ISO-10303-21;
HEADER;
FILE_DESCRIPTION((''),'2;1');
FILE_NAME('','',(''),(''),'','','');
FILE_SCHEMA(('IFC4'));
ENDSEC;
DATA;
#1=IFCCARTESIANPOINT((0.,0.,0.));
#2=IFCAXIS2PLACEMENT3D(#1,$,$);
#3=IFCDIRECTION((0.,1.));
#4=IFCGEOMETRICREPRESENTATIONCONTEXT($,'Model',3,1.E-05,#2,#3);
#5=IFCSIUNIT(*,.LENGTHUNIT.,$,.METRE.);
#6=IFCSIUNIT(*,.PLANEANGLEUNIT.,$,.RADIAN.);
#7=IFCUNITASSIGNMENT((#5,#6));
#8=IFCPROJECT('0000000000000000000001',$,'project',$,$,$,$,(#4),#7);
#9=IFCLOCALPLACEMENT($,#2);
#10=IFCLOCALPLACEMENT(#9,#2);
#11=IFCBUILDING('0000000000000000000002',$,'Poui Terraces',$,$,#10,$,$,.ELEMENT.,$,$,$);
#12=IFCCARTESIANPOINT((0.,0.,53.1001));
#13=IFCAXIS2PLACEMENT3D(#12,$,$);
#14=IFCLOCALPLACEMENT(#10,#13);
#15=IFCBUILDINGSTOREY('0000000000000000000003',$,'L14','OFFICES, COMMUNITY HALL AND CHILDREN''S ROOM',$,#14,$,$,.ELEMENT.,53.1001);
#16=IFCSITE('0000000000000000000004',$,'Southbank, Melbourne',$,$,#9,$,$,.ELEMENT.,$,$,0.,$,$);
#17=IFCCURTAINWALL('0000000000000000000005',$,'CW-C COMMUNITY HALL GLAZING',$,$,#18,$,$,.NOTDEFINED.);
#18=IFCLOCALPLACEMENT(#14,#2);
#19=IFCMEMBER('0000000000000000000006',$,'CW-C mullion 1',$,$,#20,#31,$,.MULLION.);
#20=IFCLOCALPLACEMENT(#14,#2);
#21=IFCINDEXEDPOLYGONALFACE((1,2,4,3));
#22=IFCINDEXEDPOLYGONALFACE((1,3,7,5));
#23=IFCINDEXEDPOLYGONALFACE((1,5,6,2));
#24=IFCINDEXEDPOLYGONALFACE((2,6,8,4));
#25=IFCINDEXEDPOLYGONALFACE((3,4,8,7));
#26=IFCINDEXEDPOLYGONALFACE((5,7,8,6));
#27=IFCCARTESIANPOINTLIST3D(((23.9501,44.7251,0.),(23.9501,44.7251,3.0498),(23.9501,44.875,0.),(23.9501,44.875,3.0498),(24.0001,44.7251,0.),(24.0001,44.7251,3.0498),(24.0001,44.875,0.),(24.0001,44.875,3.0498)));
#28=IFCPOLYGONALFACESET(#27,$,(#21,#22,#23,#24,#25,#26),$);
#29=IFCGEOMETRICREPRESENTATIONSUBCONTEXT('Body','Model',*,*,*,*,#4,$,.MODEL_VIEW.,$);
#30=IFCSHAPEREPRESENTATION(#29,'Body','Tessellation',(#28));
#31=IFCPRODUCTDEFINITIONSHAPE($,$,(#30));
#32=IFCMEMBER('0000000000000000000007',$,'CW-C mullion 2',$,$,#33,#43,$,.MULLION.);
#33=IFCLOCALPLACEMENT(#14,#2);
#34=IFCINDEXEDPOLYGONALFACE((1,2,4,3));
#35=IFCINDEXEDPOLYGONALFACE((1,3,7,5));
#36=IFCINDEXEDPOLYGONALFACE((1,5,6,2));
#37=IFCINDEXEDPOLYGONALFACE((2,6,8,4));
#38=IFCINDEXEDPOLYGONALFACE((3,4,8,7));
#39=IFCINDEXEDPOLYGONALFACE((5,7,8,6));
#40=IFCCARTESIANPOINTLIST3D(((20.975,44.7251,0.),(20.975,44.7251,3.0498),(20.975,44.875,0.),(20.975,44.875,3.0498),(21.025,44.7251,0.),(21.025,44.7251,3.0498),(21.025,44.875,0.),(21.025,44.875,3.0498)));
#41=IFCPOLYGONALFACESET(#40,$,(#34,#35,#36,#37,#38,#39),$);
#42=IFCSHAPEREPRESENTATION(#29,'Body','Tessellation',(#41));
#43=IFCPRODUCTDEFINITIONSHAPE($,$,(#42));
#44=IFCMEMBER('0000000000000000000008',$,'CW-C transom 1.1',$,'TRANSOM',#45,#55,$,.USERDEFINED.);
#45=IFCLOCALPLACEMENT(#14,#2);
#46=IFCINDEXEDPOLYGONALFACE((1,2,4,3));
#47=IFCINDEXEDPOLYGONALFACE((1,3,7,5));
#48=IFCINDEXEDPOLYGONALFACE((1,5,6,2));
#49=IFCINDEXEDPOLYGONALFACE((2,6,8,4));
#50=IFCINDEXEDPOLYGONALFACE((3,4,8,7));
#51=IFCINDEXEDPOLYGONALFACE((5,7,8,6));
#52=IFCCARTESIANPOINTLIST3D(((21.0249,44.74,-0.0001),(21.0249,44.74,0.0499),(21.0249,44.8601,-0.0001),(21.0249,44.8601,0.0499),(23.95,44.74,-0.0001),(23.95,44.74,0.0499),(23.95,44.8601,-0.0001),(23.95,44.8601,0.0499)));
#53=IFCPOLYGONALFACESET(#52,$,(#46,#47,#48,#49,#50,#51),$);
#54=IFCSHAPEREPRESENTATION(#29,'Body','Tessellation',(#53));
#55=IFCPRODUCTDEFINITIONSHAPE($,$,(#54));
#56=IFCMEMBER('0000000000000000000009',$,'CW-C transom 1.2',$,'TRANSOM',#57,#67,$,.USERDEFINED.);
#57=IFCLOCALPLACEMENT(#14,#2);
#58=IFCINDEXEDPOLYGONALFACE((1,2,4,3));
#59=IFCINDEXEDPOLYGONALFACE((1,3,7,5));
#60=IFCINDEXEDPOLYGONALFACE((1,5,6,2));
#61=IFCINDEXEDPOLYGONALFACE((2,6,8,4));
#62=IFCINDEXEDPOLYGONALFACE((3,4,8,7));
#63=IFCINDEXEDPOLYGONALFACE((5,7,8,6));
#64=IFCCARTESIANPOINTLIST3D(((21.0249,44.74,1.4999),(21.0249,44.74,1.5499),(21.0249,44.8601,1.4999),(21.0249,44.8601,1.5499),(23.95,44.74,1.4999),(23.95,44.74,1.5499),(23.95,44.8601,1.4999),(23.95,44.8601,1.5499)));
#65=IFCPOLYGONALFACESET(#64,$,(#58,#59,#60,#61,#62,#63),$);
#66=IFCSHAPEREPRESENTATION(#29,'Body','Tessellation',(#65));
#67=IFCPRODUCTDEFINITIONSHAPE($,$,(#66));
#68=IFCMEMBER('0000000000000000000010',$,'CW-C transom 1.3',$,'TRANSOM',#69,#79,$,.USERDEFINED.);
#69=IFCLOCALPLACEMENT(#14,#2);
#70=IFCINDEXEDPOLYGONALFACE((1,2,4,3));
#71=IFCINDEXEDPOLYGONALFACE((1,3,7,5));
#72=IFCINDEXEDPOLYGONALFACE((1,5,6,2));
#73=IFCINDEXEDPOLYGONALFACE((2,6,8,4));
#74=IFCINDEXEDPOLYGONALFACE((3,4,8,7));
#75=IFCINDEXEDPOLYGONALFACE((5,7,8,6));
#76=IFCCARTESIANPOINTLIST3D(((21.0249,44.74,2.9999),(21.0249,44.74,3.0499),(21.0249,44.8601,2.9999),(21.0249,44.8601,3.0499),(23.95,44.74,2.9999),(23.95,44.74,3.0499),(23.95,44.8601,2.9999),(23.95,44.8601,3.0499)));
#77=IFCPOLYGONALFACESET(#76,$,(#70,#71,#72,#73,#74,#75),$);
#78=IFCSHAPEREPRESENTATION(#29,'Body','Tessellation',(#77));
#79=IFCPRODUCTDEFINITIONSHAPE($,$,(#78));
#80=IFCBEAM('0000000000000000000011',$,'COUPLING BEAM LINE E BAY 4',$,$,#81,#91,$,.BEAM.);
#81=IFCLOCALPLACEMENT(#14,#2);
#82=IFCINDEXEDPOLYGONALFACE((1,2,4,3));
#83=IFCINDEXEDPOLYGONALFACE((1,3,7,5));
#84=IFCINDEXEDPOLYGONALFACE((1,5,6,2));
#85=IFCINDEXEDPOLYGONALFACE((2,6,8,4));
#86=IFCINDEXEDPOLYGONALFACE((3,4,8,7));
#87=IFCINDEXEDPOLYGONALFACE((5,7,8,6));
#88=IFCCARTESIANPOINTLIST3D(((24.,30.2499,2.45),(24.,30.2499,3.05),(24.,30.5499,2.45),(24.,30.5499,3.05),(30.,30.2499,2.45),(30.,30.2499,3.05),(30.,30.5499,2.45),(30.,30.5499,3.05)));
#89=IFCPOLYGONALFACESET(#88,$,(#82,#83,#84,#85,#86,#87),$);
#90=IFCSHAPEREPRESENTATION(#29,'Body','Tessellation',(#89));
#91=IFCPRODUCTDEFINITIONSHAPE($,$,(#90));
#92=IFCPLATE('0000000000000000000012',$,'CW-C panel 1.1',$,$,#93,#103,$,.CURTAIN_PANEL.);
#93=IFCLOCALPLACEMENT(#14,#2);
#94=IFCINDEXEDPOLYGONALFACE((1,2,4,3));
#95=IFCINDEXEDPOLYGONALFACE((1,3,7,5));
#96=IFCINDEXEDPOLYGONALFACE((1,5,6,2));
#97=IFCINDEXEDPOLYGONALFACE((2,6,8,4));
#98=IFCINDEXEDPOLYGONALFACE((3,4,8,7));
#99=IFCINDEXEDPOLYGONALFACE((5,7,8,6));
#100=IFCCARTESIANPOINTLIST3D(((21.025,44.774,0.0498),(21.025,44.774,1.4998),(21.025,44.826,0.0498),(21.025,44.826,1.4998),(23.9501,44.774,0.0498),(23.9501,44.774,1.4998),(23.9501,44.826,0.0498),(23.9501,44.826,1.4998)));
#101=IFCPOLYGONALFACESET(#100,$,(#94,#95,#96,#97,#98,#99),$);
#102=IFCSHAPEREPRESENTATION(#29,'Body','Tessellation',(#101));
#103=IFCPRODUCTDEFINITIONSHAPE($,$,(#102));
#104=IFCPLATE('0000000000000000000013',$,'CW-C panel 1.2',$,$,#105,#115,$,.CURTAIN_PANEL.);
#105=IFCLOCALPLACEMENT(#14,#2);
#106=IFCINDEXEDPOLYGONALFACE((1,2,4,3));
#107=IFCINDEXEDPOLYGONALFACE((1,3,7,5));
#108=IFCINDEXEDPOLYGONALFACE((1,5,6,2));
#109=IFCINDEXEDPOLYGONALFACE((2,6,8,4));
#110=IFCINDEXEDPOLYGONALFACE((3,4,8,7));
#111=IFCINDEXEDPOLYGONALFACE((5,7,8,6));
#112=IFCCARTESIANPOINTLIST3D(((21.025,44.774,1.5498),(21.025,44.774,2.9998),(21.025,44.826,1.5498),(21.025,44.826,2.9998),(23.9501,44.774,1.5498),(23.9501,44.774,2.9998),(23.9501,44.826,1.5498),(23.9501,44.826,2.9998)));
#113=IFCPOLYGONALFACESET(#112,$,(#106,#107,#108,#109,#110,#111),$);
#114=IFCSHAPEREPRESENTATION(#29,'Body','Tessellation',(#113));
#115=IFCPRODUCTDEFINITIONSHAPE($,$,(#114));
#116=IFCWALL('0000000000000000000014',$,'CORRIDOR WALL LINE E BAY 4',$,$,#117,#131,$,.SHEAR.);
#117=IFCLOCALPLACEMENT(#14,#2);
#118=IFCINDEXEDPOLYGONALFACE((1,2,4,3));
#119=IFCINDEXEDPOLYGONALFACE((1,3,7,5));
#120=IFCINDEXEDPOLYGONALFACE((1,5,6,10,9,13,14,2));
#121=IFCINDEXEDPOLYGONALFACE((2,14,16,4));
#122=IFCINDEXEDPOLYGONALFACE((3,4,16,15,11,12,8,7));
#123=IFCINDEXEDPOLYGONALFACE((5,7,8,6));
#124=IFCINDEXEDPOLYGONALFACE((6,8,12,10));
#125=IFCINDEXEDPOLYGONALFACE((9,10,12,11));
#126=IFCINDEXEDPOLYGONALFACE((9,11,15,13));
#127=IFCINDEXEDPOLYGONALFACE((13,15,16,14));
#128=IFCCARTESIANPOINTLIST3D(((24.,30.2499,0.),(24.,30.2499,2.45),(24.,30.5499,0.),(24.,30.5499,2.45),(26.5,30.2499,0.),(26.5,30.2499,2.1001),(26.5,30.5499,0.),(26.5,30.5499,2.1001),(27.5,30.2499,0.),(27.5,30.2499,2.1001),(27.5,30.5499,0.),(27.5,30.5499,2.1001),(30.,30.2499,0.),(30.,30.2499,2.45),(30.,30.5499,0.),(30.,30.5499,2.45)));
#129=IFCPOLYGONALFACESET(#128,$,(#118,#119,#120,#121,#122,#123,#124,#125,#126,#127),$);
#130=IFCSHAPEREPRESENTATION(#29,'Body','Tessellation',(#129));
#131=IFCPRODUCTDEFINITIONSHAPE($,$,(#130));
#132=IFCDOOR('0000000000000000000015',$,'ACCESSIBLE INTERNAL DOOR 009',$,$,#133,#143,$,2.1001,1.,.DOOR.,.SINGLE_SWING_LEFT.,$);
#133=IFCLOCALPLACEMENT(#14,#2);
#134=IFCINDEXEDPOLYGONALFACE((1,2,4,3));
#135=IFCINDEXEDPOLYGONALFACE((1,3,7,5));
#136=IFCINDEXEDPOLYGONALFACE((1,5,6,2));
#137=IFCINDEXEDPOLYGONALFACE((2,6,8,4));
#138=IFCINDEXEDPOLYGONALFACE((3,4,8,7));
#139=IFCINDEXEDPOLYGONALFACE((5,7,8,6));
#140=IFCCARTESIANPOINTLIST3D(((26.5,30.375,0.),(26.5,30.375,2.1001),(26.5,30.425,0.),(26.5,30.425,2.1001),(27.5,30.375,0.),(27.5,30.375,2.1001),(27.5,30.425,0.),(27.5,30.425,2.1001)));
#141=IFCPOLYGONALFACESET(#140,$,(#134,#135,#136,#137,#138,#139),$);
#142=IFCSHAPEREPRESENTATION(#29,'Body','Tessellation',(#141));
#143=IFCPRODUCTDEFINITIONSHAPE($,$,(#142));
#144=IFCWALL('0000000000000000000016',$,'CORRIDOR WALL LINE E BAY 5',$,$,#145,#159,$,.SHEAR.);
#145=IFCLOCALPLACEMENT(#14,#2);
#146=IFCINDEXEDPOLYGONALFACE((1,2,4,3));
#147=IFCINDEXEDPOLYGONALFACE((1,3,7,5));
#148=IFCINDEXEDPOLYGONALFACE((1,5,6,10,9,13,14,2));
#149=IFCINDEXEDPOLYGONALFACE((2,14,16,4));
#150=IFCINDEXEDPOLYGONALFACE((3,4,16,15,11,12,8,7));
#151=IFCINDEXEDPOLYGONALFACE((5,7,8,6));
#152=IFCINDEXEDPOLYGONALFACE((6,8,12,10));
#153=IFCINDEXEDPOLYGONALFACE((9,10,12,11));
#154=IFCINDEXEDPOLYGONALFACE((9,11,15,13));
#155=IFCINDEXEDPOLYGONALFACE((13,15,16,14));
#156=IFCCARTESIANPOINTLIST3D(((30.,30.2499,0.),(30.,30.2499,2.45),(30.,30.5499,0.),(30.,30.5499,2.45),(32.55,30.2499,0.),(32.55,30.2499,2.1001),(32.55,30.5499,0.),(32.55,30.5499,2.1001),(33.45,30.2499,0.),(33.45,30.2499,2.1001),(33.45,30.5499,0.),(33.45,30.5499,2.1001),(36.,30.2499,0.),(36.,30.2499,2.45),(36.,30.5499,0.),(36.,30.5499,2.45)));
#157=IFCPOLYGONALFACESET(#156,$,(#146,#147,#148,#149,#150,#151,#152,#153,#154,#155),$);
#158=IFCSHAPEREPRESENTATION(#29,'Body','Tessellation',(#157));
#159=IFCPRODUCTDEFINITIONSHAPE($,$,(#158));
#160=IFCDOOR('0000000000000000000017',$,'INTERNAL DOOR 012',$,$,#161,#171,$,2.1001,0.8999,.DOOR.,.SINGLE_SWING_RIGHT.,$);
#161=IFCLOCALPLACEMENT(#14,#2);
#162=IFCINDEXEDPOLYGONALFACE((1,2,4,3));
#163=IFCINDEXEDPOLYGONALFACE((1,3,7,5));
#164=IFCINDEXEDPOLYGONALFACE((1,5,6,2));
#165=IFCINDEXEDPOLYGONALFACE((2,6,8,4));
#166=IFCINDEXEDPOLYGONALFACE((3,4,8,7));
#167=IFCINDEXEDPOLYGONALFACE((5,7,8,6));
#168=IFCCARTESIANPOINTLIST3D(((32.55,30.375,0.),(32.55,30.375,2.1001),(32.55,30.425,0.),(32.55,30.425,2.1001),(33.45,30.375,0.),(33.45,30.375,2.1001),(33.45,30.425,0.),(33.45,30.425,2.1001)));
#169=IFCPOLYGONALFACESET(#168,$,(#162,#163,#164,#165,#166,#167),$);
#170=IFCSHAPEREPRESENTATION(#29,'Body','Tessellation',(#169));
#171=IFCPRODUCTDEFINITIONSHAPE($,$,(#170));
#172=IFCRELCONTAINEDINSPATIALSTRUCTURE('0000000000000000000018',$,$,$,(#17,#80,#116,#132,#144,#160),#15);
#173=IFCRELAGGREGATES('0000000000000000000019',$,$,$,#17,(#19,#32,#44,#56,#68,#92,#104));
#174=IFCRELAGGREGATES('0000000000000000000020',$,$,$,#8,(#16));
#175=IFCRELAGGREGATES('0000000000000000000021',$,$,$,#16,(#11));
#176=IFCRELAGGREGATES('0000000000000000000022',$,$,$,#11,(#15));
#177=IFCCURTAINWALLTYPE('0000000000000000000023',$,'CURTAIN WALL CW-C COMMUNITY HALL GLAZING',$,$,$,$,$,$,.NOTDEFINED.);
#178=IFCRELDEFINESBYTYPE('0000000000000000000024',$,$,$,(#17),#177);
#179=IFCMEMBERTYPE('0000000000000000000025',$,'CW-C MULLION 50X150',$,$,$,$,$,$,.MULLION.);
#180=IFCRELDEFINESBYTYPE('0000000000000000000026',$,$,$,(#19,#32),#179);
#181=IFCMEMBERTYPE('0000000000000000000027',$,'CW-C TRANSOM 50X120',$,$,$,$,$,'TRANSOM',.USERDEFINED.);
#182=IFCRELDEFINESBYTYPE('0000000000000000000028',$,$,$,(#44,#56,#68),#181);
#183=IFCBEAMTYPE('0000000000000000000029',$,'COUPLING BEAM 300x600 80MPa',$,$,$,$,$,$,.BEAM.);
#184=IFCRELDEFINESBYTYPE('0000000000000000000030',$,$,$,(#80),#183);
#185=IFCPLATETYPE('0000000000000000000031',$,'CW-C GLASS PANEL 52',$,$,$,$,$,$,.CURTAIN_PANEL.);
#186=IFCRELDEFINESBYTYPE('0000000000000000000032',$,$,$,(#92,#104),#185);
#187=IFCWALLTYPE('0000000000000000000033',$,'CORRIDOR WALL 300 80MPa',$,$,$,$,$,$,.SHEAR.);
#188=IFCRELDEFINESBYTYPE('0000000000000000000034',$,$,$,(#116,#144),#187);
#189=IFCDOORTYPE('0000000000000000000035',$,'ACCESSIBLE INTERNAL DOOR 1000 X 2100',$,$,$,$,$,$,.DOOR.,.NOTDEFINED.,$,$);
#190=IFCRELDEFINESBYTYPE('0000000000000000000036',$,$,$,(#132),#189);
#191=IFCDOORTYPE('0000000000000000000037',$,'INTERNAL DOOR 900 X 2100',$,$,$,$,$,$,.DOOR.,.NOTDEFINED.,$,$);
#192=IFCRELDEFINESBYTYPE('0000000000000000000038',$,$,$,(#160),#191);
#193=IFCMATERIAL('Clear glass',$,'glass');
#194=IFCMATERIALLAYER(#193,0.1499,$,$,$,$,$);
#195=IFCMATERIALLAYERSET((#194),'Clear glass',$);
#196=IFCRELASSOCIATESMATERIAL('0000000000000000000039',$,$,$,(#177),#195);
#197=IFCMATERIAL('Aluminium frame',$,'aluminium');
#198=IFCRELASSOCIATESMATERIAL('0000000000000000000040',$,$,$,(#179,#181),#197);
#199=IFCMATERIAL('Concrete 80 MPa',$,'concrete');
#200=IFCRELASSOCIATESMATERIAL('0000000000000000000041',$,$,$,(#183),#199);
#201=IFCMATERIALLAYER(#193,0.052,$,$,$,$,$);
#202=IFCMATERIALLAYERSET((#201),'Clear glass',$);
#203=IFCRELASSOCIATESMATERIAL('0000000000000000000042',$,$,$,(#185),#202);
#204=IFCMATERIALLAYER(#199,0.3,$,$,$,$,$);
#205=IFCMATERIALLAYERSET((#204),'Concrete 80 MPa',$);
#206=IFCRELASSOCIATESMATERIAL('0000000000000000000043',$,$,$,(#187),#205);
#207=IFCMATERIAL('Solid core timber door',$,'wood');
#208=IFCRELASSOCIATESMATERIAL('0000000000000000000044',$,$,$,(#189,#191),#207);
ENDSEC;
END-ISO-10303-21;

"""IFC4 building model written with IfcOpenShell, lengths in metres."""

from ifc_helpers import new_model, si_unit, direction, frame, frame_2d, origin, origin_2d, place, context, subcontext, project, spatial, rectangle, extrude, source, transform, mapped, material, layer, layer_set, material_profile, profile_set, type_object, element, fill, aggregate, save


model = new_model("IFC4")

# Units and contexts
model_context = context("Model", 3, precision=1e-05, world=origin(), true_north=direction((0.0, 1.0)))
body_context = subcontext(model_context, "Body", "Model", "MODEL_VIEW")
ifc_project = project(units=[si_unit("LENGTHUNIT", "METRE"), si_unit("PLANEANGLEUNIT", "RADIAN")], contexts=[model_context])

# Site, building, storey
site_placement = place(None, origin())
site = spatial("IfcSite", under=ifc_project, at=site_placement, Name="Southbank, Melbourne", CompositionType="ELEMENT", RefElevation=0.0)
building_placement = place(site_placement, origin())
building = spatial("IfcBuilding", under=site, at=building_placement, Name="Poui Terraces", CompositionType="ELEMENT")
storey_placement = place(building_placement, frame((0.0, 0.0, 53.1001)))
storey = spatial("IfcBuildingStorey", under=building, at=storey_placement, Name="L14", Description="OFFICES, COMMUNITY HALL AND CHILDREN'S ROOM", CompositionType="ELEMENT", Elevation=53.1001)

# Curtain wall, members
ifc_material_1 = material(Name="Clear glass", Category="glass")
ifc_layer_1 = layer(ifc_material_1, 0.1499)
ifc_layer_set_1 = layer_set([ifc_layer_1], Name="Clear glass")
curtain_wall_type = type_object("IfcCurtainWallType", Name="CURTAIN WALL CW-C COMMUNITY HALL GLAZING", PredefinedType="NOTDEFINED", material=ifc_layer_set_1)
curtain_wall_placement = place(storey_placement, origin())
curtain_wall = element("IfcCurtainWall", 1, at=curtain_wall_placement, inside=storey, type_object=curtain_wall_type, Name="CW-C COMMUNITY HALL GLAZING", PredefinedType="NOTDEFINED")
ifc_material_2 = material(Name="Aluminium frame", Category="aluminium")
ifc_material_profile_1 = material_profile(ifc_material_2, rectangle(XDim=0.1499, YDim=0.05, at=origin_2d()), Name="CW-C MULLION 50X150")
ifc_profile_set_1 = profile_set([ifc_material_profile_1], Name="Aluminium frame")
member_type_1 = type_object("IfcMemberType", Name="CW-C MULLION 50X150", PredefinedType="MULLION", material=ifc_profile_set_1)
member_1_placement = place(storey_placement, frame((23.9751, 44.8, 0.0), z_axis=(0.0, 0.0, 1.0), x_axis=(0.0, -1.0, 0.0)))
member_1 = element("IfcMember", 2, at=member_1_placement, type_object=member_type_1, Name="CW-C mullion 1", PredefinedType="MULLION", context=body_context, shape_type="SweptSolid", body=[
    extrude(rectangle(XDim=0.1499, YDim=0.05, at=origin_2d()), origin(), (0.0, 0.0, 1.0), 3.0498),
])
member_2_placement = place(storey_placement, frame((21.0, 44.8, 0.0), z_axis=(0.0, 0.0, 1.0), x_axis=(0.0, -1.0, 0.0)))
member_2 = element("IfcMember", 3, at=member_2_placement, type_object=member_type_1, Name="CW-C mullion 2", PredefinedType="MULLION", context=body_context, shape_type="SweptSolid", body=[
    extrude(rectangle(XDim=0.1499, YDim=0.05, at=origin_2d()), origin(), (0.0, 0.0, 1.0), 3.0498),
])
ifc_material_profile_2 = material_profile(ifc_material_2, rectangle(XDim=0.1201, YDim=0.05, at=origin_2d()), Name="CW-C TRANSOM 50X120")
ifc_profile_set_2 = profile_set([ifc_material_profile_2], Name="Aluminium frame")
member_type_2 = type_object("IfcMemberType", Name="CW-C TRANSOM 50X120", ElementType="TRANSOM", PredefinedType="USERDEFINED", material=ifc_profile_set_2)
member_3_placement = place(storey_placement, frame((23.95, 44.8, 0.0249), z_axis=(-1.0, 0.0, 0.0), x_axis=(0.0, -1.0, 0.0)))
member_3 = element("IfcMember", 4, at=member_3_placement, type_object=member_type_2, Name="CW-C transom 1.1", ObjectType="TRANSOM", PredefinedType="USERDEFINED", context=body_context, shape_type="SweptSolid", body=[
    extrude(rectangle(XDim=0.1201, YDim=0.05, at=origin_2d()), origin(), (0.0, 0.0, 1.0), 2.925),
])
member_4_placement = place(storey_placement, frame((23.95, 44.8, 1.5249), z_axis=(-1.0, 0.0, 0.0), x_axis=(0.0, -1.0, 0.0)))
member_4 = element("IfcMember", 5, at=member_4_placement, type_object=member_type_2, Name="CW-C transom 1.2", ObjectType="TRANSOM", PredefinedType="USERDEFINED", context=body_context, shape_type="SweptSolid", body=[
    extrude(rectangle(XDim=0.1201, YDim=0.05, at=origin_2d()), origin(), (0.0, 0.0, 1.0), 2.925),
])
member_5_placement = place(storey_placement, frame((23.95, 44.8, 3.0249), z_axis=(-1.0, 0.0, 0.0), x_axis=(0.0, -1.0, 0.0)))
member_5 = element("IfcMember", 6, at=member_5_placement, type_object=member_type_2, Name="CW-C transom 1.3", ObjectType="TRANSOM", PredefinedType="USERDEFINED", context=body_context, shape_type="SweptSolid", body=[
    extrude(rectangle(XDim=0.1201, YDim=0.05, at=origin_2d()), origin(), (0.0, 0.0, 1.0), 2.925),
])

# Beam
ifc_material_3 = material(Name="Concrete 80 MPa", Category="concrete")
ifc_material_profile_3 = material_profile(ifc_material_3, rectangle(XDim=0.3, YDim=0.6001, at=origin_2d()), Name="RC 300x600")
ifc_profile_set_3 = profile_set([ifc_material_profile_3], Name="Concrete 80 MPa")
beam_type = type_object("IfcBeamType", Name="COUPLING BEAM 300x600 80MPa", PredefinedType="BEAM", material=ifc_profile_set_3)
shared_shape = source(origin(), body_context, "Body", "SweptSolid", [
    extrude(rectangle(XDim=0.3, YDim=0.6001, at=origin_2d()), origin(), (0.0, 0.0, 1.0), 6.0),
])
beam_placement = place(storey_placement, frame((24.0, 30.3999, 2.75), z_axis=(1.0, 0.0, 0.0), x_axis=(0.0, 1.0, 0.0)))
element("IfcBeam", 7, at=beam_placement, inside=storey, type_object=beam_type, Name="COUPLING BEAM LINE E BAY 4", PredefinedType="BEAM", context=body_context, shape_type="MappedRepresentation", body=[
    mapped(shared_shape, transform((0.0, 0.0, 0.0))),
])

# Plates
ifc_layer_2 = layer(ifc_material_1, 0.052)
ifc_layer_set_2 = layer_set([ifc_layer_2], Name="Clear glass")
plate_type = type_object("IfcPlateType", Name="CW-C GLASS PANEL 52", PredefinedType="CURTAIN_PANEL", material=ifc_layer_set_2)
plate_1_placement = place(storey_placement, frame((22.4875, 44.8, 0.0498), z_axis=(0.0, 0.0, 1.0), x_axis=(-1.0, 0.0, 0.0)))
plate_1 = element("IfcPlate", 8, at=plate_1_placement, type_object=plate_type, Name="CW-C panel 1.1", PredefinedType="CURTAIN_PANEL", context=body_context, shape_type="SweptSolid", body=[
    extrude(rectangle(XDim=2.925, YDim=0.052, at=origin_2d()), origin(), (0.0, 0.0, 1.0), 1.45),
])
plate_2_placement = place(storey_placement, frame((22.4875, 44.8, 1.5498), z_axis=(0.0, 0.0, 1.0), x_axis=(-1.0, 0.0, 0.0)))
plate_2 = element("IfcPlate", 9, at=plate_2_placement, type_object=plate_type, Name="CW-C panel 1.2", PredefinedType="CURTAIN_PANEL", context=body_context, shape_type="SweptSolid", body=[
    extrude(rectangle(XDim=2.925, YDim=0.052, at=origin_2d()), origin(), (0.0, 0.0, 1.0), 1.45),
])
aggregate(curtain_wall, [member_1, member_2, member_3, member_4, member_5, plate_1, plate_2])

# Walls, openings, doors
ifc_layer_3 = layer(ifc_material_3, 0.3)
ifc_layer_set_3 = layer_set([ifc_layer_3], Name="Concrete 80 MPa")
wall_type_1 = type_object("IfcWallType", Name="CORRIDOR WALL 300 80MPa", PredefinedType="SHEAR", material=ifc_layer_set_3)
wall_1_placement = place(storey_placement, frame((24.0, 30.3999, 0.0), z_axis=(0.0, 0.0, 1.0), x_axis=(1.0, 0.0, 0.0)))
wall_1 = element("IfcWall", 10, at=wall_1_placement, inside=storey, type_object=wall_type_1, Name="CORRIDOR WALL LINE E BAY 4", PredefinedType="SHEAR", context=body_context, shape_type="SweptSolid", body=[
    extrude(rectangle(XDim=6.0, YDim=0.3, at=frame_2d((3.0, 0.0))), origin(), (0.0, 0.0, 1.0), 2.45),
])
opening_1_placement = place(wall_1_placement, frame((2.5, 0.0, 0.0)))
opening_1 = element("IfcOpeningElement", 11, at=opening_1_placement, cuts=wall_1, PredefinedType="OPENING", context=body_context, shape_type="SweptSolid", body=[
    extrude(rectangle(XDim=1.0, YDim=2.1001, at=frame_2d((0.5, 1.05))), frame((0.0, 0.1602, 0.0), z_axis=(0.0, -1.0, 0.0), x_axis=(1.0, 0.0, 0.0)), (0.0, 0.0, 1.0), 0.3201),
])
ifc_material_4 = material(Name="Solid core timber door", Category="wood")
door_type_1 = type_object("IfcDoorType", Name="ACCESSIBLE INTERNAL DOOR 1000 X 2100", OperationType="NOTDEFINED", PredefinedType="DOOR", material=ifc_material_4)
door_1_placement = place(opening_1_placement, frame((1.0, 0.0, 0.0), z_axis=(0.0, 0.0, 1.0), x_axis=(-1.0, 0.0, 0.0)))
door_1 = element("IfcDoor", 12, at=door_1_placement, inside=storey, type_object=door_type_1, Name="ACCESSIBLE INTERNAL DOOR 009", OperationType="SINGLE_SWING_LEFT", OverallHeight=2.1001, OverallWidth=1.0, PredefinedType="DOOR", context=body_context, shape_type="SweptSolid", body=[
    extrude(rectangle(XDim=1.0, YDim=2.1001, at=frame_2d((0.5, 1.05))), frame((0.0, 0.0249, 0.0), z_axis=(0.0, -1.0, 0.0), x_axis=(1.0, 0.0, 0.0)), (0.0, 0.0, 1.0), 0.05),
])
fill(opening_1, door_1)
wall_2_placement = place(storey_placement, frame((30.0, 30.3999, 0.0), z_axis=(0.0, 0.0, 1.0), x_axis=(1.0, 0.0, 0.0)))
wall_2 = element("IfcWall", 13, at=wall_2_placement, inside=storey, type_object=wall_type_1, Name="CORRIDOR WALL LINE E BAY 5", PredefinedType="SHEAR", context=body_context, shape_type="SweptSolid", body=[
    extrude(rectangle(XDim=6.0, YDim=0.3, at=frame_2d((3.0, 0.0))), origin(), (0.0, 0.0, 1.0), 2.45),
])
opening_2_placement = place(wall_2_placement, frame((2.55, 0.0, 0.0)))
opening_2 = element("IfcOpeningElement", 14, at=opening_2_placement, cuts=wall_2, PredefinedType="OPENING", context=body_context, shape_type="SweptSolid", body=[
    extrude(rectangle(XDim=0.8999, YDim=2.1001, at=frame_2d((0.45, 1.05))), frame((0.0, 0.1602, 0.0), z_axis=(0.0, -1.0, 0.0), x_axis=(1.0, 0.0, 0.0)), (0.0, 0.0, 1.0), 0.3201),
])
door_type_2 = type_object("IfcDoorType", Name="INTERNAL DOOR 900 X 2100", OperationType="NOTDEFINED", PredefinedType="DOOR", material=ifc_material_4)
door_2_placement = place(opening_2_placement, frame((0.8999, 0.0, 0.0), z_axis=(0.0, 0.0, 1.0), x_axis=(-1.0, 0.0, 0.0)))
door_2 = element("IfcDoor", 15, at=door_2_placement, inside=storey, type_object=door_type_2, Name="INTERNAL DOOR 012", OperationType="SINGLE_SWING_RIGHT", OverallHeight=2.1001, OverallWidth=0.8999, PredefinedType="DOOR", context=body_context, shape_type="SweptSolid", body=[
    extrude(rectangle(XDim=0.8999, YDim=2.1001, at=frame_2d((0.45, 1.05))), frame((0.0, 0.0249, 0.0), z_axis=(0.0, -1.0, 0.0), x_axis=(1.0, 0.0, 0.0)), (0.0, 0.0, 1.0), 0.05),
])
fill(opening_2, door_2)

save(model, "model.ifc")
